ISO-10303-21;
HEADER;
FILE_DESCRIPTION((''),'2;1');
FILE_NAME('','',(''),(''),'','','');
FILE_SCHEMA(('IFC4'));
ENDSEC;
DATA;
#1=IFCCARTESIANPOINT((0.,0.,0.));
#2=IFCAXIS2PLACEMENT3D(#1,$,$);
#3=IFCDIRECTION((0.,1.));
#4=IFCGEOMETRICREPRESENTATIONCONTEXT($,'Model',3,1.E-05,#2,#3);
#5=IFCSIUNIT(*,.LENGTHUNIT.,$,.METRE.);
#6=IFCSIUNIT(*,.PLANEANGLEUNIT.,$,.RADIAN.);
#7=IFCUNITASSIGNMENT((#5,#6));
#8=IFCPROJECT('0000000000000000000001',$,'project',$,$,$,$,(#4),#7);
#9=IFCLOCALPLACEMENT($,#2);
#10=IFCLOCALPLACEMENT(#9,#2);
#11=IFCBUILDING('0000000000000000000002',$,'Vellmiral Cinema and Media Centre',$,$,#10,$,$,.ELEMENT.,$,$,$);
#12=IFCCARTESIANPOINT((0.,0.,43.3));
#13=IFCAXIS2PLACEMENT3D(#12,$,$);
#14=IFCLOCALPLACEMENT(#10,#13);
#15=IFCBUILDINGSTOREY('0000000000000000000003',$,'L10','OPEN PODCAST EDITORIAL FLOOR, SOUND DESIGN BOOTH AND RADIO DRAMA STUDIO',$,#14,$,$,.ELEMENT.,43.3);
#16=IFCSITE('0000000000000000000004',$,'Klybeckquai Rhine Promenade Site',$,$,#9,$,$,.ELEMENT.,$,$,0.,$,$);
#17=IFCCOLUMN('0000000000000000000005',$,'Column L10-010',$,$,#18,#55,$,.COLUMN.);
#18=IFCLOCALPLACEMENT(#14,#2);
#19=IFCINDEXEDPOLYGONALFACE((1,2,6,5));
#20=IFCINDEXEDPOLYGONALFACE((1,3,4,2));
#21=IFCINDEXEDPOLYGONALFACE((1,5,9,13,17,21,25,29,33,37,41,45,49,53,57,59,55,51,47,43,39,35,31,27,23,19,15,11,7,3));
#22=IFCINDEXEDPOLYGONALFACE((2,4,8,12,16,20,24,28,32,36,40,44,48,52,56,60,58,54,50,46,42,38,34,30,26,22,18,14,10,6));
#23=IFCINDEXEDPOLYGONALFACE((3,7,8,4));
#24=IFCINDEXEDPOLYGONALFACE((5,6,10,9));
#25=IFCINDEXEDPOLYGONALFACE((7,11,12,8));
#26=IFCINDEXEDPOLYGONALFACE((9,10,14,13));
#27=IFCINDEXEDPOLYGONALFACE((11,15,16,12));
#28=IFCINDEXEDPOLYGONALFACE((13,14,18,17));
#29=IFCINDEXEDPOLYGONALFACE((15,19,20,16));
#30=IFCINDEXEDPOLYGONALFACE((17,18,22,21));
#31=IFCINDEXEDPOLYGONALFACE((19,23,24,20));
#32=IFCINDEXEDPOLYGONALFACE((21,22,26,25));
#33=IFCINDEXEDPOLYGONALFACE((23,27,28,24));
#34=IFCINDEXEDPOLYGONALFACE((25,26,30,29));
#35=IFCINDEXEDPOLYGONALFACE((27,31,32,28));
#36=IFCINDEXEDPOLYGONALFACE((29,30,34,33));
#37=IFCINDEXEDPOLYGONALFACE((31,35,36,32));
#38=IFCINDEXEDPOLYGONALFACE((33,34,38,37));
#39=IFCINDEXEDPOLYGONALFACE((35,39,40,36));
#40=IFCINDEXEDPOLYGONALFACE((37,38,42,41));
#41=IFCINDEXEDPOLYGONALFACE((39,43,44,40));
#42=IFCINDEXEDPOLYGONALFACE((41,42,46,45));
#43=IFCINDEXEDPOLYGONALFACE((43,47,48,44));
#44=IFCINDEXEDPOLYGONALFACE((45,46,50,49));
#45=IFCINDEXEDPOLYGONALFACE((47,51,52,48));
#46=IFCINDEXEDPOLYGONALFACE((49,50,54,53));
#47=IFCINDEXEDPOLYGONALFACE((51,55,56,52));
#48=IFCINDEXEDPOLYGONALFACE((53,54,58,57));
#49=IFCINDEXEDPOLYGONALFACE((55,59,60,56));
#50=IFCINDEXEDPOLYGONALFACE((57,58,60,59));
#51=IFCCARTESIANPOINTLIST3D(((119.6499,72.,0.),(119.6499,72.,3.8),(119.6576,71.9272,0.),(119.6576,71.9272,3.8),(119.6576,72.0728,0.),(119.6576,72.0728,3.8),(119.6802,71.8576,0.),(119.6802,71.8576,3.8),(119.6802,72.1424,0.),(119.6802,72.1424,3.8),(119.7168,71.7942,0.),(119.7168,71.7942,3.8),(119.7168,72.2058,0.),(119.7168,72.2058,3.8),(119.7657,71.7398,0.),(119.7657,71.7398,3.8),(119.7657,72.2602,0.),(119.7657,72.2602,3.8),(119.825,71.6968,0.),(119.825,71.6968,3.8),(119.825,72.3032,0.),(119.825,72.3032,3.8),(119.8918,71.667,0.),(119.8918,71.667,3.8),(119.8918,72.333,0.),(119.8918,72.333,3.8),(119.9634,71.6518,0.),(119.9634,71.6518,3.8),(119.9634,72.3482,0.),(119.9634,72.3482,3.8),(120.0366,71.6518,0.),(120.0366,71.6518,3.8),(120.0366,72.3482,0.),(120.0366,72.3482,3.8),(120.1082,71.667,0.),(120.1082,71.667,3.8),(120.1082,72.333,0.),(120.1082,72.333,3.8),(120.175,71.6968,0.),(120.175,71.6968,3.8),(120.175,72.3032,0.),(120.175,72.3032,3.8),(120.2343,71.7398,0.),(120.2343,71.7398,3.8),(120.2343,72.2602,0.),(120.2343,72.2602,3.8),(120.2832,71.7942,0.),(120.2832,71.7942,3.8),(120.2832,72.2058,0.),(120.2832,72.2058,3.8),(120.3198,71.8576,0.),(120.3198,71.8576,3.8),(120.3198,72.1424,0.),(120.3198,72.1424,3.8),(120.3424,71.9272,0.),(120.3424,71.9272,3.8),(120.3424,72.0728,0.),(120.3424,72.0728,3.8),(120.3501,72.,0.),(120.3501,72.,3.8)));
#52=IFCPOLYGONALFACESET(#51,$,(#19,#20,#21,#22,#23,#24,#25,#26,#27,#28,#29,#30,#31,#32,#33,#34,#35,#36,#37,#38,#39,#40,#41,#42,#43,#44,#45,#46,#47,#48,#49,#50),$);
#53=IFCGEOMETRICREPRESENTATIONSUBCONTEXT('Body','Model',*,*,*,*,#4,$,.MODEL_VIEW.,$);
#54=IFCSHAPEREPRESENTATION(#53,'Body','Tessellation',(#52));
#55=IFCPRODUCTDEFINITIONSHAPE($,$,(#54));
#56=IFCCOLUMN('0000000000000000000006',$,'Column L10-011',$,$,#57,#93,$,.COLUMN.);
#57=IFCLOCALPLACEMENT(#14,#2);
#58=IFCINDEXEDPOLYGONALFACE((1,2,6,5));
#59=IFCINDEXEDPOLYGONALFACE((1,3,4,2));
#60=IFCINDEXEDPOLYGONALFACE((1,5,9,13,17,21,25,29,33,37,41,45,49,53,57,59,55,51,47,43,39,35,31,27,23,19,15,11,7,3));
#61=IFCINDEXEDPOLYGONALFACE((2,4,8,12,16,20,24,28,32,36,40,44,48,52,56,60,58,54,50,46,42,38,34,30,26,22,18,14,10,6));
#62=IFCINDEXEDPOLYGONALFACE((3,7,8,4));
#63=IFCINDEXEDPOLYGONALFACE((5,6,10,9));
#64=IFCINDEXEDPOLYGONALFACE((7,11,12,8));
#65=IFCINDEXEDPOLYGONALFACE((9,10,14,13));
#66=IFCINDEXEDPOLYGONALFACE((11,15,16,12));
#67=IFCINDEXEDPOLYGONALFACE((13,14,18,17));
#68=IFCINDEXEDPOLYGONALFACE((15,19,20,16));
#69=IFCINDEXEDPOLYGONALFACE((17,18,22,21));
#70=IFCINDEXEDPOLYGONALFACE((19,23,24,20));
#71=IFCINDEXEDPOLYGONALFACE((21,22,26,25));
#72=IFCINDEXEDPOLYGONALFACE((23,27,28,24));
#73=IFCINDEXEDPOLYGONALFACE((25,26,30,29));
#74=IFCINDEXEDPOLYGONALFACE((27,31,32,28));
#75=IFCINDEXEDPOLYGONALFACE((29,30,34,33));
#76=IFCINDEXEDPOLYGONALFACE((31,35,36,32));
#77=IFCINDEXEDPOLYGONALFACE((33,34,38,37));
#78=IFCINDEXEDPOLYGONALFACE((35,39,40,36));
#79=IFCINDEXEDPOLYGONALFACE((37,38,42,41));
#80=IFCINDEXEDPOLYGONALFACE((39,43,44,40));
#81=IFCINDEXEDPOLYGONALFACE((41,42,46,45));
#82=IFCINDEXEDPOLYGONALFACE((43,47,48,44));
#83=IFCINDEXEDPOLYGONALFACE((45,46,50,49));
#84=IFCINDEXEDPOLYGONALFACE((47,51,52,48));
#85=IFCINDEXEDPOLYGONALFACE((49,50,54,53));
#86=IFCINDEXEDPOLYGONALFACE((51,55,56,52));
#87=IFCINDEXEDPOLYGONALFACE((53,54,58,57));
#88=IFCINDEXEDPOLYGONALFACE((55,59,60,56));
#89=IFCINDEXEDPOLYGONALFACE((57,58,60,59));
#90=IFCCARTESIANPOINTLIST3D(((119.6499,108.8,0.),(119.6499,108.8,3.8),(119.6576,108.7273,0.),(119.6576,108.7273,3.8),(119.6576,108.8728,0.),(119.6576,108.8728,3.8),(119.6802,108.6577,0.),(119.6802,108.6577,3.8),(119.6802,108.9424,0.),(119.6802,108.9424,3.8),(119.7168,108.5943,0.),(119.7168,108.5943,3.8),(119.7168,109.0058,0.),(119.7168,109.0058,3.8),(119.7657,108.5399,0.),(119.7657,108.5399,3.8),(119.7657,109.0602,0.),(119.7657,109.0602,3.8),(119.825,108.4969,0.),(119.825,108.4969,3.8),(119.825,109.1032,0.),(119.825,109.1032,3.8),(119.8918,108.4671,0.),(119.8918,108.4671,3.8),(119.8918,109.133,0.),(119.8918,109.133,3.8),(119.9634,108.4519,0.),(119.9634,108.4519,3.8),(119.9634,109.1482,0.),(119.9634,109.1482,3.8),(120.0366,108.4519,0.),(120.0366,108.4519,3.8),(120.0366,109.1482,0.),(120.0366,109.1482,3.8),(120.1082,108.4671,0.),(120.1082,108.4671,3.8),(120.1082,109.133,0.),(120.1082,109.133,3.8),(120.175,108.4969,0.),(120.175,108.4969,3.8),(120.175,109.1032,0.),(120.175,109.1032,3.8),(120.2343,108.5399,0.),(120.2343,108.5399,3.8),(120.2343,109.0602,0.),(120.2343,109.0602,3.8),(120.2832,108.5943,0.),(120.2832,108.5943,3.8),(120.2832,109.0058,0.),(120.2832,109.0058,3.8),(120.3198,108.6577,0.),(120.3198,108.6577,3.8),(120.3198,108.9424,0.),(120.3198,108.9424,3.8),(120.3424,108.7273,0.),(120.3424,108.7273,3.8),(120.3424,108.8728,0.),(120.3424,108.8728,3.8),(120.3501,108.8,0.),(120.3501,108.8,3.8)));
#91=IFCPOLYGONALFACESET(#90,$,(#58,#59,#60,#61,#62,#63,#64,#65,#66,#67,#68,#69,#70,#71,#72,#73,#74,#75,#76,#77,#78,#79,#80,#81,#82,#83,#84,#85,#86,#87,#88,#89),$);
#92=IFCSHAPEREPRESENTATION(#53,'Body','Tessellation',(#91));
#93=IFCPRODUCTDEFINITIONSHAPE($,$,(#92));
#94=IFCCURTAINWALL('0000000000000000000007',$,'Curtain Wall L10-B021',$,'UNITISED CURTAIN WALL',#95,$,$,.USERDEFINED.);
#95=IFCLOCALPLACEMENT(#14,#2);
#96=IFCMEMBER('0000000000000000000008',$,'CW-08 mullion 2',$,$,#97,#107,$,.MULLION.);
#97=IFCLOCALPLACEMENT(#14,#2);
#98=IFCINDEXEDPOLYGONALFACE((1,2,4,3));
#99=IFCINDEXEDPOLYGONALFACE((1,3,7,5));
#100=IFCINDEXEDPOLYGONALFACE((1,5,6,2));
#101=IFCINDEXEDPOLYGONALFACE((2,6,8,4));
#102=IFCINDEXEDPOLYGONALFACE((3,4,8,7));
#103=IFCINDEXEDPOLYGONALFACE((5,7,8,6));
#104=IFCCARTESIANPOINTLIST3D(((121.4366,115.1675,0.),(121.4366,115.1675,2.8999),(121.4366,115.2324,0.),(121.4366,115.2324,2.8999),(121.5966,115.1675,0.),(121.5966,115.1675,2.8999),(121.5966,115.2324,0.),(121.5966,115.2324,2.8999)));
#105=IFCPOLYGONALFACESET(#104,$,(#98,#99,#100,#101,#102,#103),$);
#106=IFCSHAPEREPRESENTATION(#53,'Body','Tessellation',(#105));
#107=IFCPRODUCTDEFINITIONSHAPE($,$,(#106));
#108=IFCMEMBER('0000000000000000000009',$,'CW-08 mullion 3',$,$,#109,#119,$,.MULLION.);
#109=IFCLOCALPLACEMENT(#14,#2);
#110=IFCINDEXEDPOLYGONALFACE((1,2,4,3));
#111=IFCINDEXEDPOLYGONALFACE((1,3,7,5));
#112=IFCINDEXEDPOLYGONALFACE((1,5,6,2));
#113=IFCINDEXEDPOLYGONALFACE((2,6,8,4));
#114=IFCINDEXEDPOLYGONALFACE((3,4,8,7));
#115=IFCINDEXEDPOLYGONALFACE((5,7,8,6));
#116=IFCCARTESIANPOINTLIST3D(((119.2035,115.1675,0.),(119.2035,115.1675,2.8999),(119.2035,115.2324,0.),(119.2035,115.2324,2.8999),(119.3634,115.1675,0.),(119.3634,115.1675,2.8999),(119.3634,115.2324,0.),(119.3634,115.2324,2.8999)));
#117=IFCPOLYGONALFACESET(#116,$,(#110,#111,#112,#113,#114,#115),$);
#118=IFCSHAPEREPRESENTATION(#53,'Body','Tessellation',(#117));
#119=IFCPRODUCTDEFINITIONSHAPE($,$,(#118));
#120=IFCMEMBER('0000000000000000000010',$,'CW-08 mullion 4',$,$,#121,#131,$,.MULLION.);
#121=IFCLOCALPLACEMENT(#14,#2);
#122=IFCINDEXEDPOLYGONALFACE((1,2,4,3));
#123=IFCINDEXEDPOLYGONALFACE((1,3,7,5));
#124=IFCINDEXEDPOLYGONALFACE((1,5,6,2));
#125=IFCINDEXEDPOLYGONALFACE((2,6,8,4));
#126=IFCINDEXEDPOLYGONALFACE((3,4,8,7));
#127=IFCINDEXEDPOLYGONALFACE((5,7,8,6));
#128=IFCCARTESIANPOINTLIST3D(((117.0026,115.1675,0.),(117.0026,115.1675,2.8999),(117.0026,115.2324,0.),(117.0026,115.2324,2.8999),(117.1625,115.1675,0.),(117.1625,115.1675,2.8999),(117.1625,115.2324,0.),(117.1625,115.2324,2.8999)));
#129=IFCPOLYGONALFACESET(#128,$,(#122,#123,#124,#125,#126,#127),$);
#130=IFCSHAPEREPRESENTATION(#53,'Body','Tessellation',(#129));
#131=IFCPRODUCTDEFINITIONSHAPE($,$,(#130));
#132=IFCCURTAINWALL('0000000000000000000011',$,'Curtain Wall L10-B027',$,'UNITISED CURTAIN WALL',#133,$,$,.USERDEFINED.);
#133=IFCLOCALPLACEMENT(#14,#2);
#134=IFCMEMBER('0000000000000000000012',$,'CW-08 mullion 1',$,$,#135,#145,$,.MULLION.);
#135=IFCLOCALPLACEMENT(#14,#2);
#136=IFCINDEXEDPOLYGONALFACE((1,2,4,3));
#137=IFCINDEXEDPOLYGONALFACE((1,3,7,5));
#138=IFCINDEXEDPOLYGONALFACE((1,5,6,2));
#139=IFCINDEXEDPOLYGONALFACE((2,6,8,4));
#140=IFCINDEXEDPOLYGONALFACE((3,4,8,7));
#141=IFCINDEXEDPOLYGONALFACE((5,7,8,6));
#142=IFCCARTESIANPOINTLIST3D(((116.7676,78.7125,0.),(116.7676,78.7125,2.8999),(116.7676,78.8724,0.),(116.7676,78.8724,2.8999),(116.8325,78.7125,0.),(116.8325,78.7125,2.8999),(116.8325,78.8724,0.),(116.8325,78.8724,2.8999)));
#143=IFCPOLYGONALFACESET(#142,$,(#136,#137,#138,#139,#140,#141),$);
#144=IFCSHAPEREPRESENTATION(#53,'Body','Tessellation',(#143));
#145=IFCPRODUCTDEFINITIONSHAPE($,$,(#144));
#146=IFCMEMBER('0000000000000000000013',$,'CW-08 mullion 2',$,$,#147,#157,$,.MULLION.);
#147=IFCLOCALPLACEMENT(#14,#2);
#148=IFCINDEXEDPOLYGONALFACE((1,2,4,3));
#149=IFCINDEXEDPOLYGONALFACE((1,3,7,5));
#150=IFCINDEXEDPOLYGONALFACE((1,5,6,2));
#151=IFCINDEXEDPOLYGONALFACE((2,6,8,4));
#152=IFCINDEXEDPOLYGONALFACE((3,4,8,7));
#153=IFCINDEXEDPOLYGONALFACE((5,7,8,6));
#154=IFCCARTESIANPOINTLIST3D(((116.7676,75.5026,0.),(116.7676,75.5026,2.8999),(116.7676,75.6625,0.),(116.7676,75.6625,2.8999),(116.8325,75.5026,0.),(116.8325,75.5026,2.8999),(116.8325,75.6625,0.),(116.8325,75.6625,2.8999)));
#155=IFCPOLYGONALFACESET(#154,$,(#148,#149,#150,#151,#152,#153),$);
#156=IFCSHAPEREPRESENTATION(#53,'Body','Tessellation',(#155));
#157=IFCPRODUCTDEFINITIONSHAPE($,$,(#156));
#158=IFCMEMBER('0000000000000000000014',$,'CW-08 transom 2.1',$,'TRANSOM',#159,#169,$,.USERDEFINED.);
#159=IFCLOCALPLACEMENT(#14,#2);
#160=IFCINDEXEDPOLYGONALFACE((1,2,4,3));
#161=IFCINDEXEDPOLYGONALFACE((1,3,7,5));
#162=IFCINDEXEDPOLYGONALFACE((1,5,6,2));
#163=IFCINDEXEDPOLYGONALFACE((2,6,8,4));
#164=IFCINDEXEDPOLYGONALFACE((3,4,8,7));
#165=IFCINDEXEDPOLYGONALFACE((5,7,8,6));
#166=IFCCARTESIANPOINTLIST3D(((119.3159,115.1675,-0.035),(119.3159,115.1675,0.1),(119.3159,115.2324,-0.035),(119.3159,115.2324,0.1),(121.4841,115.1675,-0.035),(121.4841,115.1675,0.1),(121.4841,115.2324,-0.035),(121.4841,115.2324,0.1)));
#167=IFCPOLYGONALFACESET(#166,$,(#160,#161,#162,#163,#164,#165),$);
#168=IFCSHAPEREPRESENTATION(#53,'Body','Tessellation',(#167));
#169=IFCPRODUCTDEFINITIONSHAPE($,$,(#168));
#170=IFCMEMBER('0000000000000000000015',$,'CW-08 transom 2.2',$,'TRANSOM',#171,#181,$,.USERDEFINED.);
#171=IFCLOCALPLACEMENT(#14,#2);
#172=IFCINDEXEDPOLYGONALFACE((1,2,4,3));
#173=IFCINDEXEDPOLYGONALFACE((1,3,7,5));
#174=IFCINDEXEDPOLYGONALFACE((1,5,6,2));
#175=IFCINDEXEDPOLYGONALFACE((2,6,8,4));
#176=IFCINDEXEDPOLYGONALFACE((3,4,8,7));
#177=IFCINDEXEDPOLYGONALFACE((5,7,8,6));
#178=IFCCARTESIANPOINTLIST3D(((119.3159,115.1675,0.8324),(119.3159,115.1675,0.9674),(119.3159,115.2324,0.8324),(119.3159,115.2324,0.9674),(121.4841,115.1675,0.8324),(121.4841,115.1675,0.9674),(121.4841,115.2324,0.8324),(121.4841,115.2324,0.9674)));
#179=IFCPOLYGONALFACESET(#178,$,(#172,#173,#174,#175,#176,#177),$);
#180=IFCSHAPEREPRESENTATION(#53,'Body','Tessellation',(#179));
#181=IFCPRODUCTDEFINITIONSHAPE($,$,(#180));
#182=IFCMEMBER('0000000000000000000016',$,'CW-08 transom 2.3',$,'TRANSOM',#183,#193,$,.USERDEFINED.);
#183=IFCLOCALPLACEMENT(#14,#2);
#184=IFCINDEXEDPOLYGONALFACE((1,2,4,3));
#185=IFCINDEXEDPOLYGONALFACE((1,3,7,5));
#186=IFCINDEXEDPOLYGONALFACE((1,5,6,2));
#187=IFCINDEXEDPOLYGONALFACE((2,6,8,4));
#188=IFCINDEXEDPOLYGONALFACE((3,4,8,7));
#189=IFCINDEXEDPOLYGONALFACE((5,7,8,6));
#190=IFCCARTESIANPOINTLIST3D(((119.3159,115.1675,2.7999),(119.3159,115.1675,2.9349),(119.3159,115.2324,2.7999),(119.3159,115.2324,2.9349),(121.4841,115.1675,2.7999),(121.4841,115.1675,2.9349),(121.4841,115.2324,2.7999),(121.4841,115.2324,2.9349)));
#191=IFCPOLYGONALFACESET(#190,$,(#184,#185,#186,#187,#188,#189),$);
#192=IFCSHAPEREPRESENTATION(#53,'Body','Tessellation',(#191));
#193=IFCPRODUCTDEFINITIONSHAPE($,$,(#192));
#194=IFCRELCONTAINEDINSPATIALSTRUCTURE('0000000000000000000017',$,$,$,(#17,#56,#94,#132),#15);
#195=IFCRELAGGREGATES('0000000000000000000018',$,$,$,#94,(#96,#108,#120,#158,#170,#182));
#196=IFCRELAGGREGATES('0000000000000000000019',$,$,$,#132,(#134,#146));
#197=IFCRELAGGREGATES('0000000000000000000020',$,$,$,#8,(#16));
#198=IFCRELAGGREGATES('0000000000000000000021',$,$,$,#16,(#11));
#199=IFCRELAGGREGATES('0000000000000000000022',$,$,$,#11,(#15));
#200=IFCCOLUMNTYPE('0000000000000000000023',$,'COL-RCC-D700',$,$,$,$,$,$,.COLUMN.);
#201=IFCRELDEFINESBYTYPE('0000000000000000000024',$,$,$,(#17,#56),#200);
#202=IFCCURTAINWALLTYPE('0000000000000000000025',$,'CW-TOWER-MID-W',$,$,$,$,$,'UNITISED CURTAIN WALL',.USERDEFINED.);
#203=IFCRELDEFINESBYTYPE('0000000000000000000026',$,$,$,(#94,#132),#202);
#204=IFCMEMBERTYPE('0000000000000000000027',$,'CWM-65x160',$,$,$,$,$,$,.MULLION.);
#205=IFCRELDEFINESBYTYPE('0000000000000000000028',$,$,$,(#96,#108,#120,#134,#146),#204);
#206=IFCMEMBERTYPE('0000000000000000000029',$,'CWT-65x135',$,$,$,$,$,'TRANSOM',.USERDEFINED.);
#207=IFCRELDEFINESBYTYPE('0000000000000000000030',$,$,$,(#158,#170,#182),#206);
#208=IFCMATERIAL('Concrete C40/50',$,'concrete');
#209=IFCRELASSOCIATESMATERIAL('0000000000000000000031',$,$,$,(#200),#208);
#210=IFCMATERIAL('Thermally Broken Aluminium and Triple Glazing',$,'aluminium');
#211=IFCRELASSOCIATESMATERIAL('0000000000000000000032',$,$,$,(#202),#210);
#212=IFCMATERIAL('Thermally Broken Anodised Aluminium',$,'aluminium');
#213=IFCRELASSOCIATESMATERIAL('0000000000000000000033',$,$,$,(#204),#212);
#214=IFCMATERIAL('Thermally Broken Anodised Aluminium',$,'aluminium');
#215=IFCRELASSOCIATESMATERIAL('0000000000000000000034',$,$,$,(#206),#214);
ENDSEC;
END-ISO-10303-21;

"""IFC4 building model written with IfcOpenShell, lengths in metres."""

from ifc_helpers import new_model, si_unit, direction, frame, origin, origin_2d, place, context, subcontext, project, spatial, rectangle, circle, extrude, material, material_profile, profile_set, type_object, element, aggregate, save


model = new_model("IFC4")

# Units and contexts
model_context = context("Model", 3, precision=1e-05, world=origin(), true_north=direction((0.0, 1.0)))
body_context = subcontext(model_context, "Body", "Model", "MODEL_VIEW")
ifc_project = project(units=[si_unit("LENGTHUNIT", "METRE"), si_unit("PLANEANGLEUNIT", "RADIAN")], contexts=[model_context])

# Site, building, storey
site_placement = place(None, origin())
site = spatial("IfcSite", under=ifc_project, at=site_placement, Name="Klybeckquai Rhine Promenade Site", CompositionType="ELEMENT", RefElevation=0.0)
building_placement = place(site_placement, origin())
building = spatial("IfcBuilding", under=site, at=building_placement, Name="Vellmiral Cinema and Media Centre", CompositionType="ELEMENT")
storey_placement = place(building_placement, frame((0.0, 0.0, 43.3)))
storey = spatial("IfcBuildingStorey", under=building, at=storey_placement, Name="L10", Description="OPEN PODCAST EDITORIAL FLOOR, SOUND DESIGN BOOTH AND RADIO DRAMA STUDIO", CompositionType="ELEMENT", Elevation=43.3)

# Columns
ifc_material_1 = material(Name="Concrete C40/50", Category="concrete")
ifc_material_profile_1 = material_profile(ifc_material_1, circle(Radius=0.3501, at=origin_2d()), Name="RC D700")
ifc_profile_set_1 = profile_set([ifc_material_profile_1], Name="Concrete C40/50")
column_type = type_object("IfcColumnType", Name="COL-RCC-D700", PredefinedType="COLUMN", material=ifc_profile_set_1)
for number, where, z_axis, x_axis, name in (
    (1, (120.0, 72.0, 0.0), (0.0, 0.0, 1.0), (1.0, 0.0, 0.0), "Column L10-010"),
    (2, (120.0, 108.8, 0.0), (0.0, 0.0, 1.0), (1.0, 0.0, 0.0), "Column L10-011"),
):
    element("IfcColumn", number, at=place(storey_placement, frame(where, z_axis=z_axis, x_axis=x_axis)), inside=storey, type_object=column_type, Name=name, PredefinedType="COLUMN", context=body_context, shape_type="SweptSolid", body=[
        extrude(circle(Radius=0.3501, at=origin_2d()), origin(), (0.0, 0.0, 1.0), 3.8),
    ])

# Curtain walls, members
ifc_material_2 = material(Name="Thermally Broken Aluminium and Triple Glazing", Category="aluminium")
curtain_wall_type = type_object("IfcCurtainWallType", Name="CW-TOWER-MID-W", ElementType="UNITISED CURTAIN WALL", PredefinedType="USERDEFINED", material=ifc_material_2)
curtain_wall_1_placement = place(storey_placement, origin())
curtain_wall_1 = element("IfcCurtainWall", 3, at=curtain_wall_1_placement, inside=storey, type_object=curtain_wall_type, Name="Curtain Wall L10-B021", ObjectType="UNITISED CURTAIN WALL", PredefinedType="USERDEFINED")
ifc_material_3 = material(Name="Thermally Broken Anodised Aluminium", Category="aluminium")
ifc_material_profile_2 = material_profile(ifc_material_3, rectangle(XDim=0.0649, YDim=0.1599, at=origin_2d()), Name="MULL 65x160")
ifc_profile_set_2 = profile_set([ifc_material_profile_2], Name="Thermally Broken Anodised Aluminium")
member_type_1 = type_object("IfcMemberType", Name="CWM-65x160", PredefinedType="MULLION", material=ifc_profile_set_2)
member_1_placement = place(storey_placement, frame((121.5166, 115.2, 0.0), z_axis=(0.0, 0.0, 1.0), x_axis=(0.0, -1.0, 0.0)))
member_1 = element("IfcMember", 4, at=member_1_placement, type_object=member_type_1, Name="CW-08 mullion 2", PredefinedType="MULLION", context=body_context, shape_type="SweptSolid", body=[
    extrude(rectangle(XDim=0.0649, YDim=0.1599, at=origin_2d()), origin(), (0.0, 0.0, 1.0), 2.8999),
])
member_2_placement = place(storey_placement, frame((119.2834, 115.2, 0.0), z_axis=(0.0, 0.0, 1.0), x_axis=(0.0, -1.0, 0.0)))
member_2 = element("IfcMember", 5, at=member_2_placement, type_object=member_type_1, Name="CW-08 mullion 3", PredefinedType="MULLION", context=body_context, shape_type="SweptSolid", body=[
    extrude(rectangle(XDim=0.0649, YDim=0.1599, at=origin_2d()), origin(), (0.0, 0.0, 1.0), 2.8999),
])
member_3_placement = place(storey_placement, frame((117.0825, 115.2, 0.0), z_axis=(0.0, 0.0, 1.0), x_axis=(0.0, -1.0, 0.0)))
member_3 = element("IfcMember", 6, at=member_3_placement, type_object=member_type_1, Name="CW-08 mullion 4", PredefinedType="MULLION", context=body_context, shape_type="SweptSolid", body=[
    extrude(rectangle(XDim=0.0649, YDim=0.1599, at=origin_2d()), origin(), (0.0, 0.0, 1.0), 2.8999),
])
curtain_wall_2_placement = place(storey_placement, origin())
curtain_wall_2 = element("IfcCurtainWall", 7, at=curtain_wall_2_placement, inside=storey, type_object=curtain_wall_type, Name="Curtain Wall L10-B027", ObjectType="UNITISED CURTAIN WALL", PredefinedType="USERDEFINED")
member_4_placement = place(storey_placement, frame((116.8, 78.7925, 0.0), z_axis=(0.0, 0.0, 1.0), x_axis=(1.0, 0.0, 0.0)))
member_4 = element("IfcMember", 8, at=member_4_placement, type_object=member_type_1, Name="CW-08 mullion 1", PredefinedType="MULLION", context=body_context, shape_type="SweptSolid", body=[
    extrude(rectangle(XDim=0.0649, YDim=0.1599, at=origin_2d()), origin(), (0.0, 0.0, 1.0), 2.8999),
])
member_5_placement = place(storey_placement, frame((116.8, 75.5825, 0.0), z_axis=(0.0, 0.0, 1.0), x_axis=(1.0, 0.0, 0.0)))
member_5 = element("IfcMember", 9, at=member_5_placement, type_object=member_type_1, Name="CW-08 mullion 2", PredefinedType="MULLION", context=body_context, shape_type="SweptSolid", body=[
    extrude(rectangle(XDim=0.0649, YDim=0.1599, at=origin_2d()), origin(), (0.0, 0.0, 1.0), 2.8999),
])

# Members
ifc_material_4 = material(Name="Thermally Broken Anodised Aluminium", Category="aluminium")
ifc_material_profile_3 = material_profile(ifc_material_4, rectangle(XDim=0.0649, YDim=0.135, at=origin_2d()), Name="MULL 65x135")
ifc_profile_set_3 = profile_set([ifc_material_profile_3], Name="Thermally Broken Anodised Aluminium")
member_type_2 = type_object("IfcMemberType", Name="CWT-65x135", ElementType="TRANSOM", PredefinedType="USERDEFINED", material=ifc_profile_set_3)
member_6_placement = place(storey_placement, frame((121.4841, 115.2, 0.0325), z_axis=(-1.0, 0.0, 0.0), x_axis=(0.0, -1.0, 0.0)))
member_6 = element("IfcMember", 10, at=member_6_placement, type_object=member_type_2, Name="CW-08 transom 2.1", ObjectType="TRANSOM", PredefinedType="USERDEFINED", context=body_context, shape_type="SweptSolid", body=[
    extrude(rectangle(XDim=0.0649, YDim=0.135, at=origin_2d()), origin(), (0.0, 0.0, 1.0), 2.1682),
])
member_7_placement = place(storey_placement, frame((121.4841, 115.2, 0.8999), z_axis=(-1.0, 0.0, 0.0), x_axis=(0.0, -1.0, 0.0)))
member_7 = element("IfcMember", 11, at=member_7_placement, type_object=member_type_2, Name="CW-08 transom 2.2", ObjectType="TRANSOM", PredefinedType="USERDEFINED", context=body_context, shape_type="SweptSolid", body=[
    extrude(rectangle(XDim=0.0649, YDim=0.135, at=origin_2d()), origin(), (0.0, 0.0, 1.0), 2.1682),
])
member_8_placement = place(storey_placement, frame((121.4841, 115.2, 2.8674), z_axis=(-1.0, 0.0, 0.0), x_axis=(0.0, -1.0, 0.0)))
member_8 = element("IfcMember", 12, at=member_8_placement, type_object=member_type_2, Name="CW-08 transom 2.3", ObjectType="TRANSOM", PredefinedType="USERDEFINED", context=body_context, shape_type="SweptSolid", body=[
    extrude(rectangle(XDim=0.0649, YDim=0.135, at=origin_2d()), origin(), (0.0, 0.0, 1.0), 2.1682),
])

aggregate(curtain_wall_1, [member_1, member_2, member_3, member_6, member_7, member_8])
aggregate(curtain_wall_2, [member_4, member_5])

save(model, "model.ifc")
